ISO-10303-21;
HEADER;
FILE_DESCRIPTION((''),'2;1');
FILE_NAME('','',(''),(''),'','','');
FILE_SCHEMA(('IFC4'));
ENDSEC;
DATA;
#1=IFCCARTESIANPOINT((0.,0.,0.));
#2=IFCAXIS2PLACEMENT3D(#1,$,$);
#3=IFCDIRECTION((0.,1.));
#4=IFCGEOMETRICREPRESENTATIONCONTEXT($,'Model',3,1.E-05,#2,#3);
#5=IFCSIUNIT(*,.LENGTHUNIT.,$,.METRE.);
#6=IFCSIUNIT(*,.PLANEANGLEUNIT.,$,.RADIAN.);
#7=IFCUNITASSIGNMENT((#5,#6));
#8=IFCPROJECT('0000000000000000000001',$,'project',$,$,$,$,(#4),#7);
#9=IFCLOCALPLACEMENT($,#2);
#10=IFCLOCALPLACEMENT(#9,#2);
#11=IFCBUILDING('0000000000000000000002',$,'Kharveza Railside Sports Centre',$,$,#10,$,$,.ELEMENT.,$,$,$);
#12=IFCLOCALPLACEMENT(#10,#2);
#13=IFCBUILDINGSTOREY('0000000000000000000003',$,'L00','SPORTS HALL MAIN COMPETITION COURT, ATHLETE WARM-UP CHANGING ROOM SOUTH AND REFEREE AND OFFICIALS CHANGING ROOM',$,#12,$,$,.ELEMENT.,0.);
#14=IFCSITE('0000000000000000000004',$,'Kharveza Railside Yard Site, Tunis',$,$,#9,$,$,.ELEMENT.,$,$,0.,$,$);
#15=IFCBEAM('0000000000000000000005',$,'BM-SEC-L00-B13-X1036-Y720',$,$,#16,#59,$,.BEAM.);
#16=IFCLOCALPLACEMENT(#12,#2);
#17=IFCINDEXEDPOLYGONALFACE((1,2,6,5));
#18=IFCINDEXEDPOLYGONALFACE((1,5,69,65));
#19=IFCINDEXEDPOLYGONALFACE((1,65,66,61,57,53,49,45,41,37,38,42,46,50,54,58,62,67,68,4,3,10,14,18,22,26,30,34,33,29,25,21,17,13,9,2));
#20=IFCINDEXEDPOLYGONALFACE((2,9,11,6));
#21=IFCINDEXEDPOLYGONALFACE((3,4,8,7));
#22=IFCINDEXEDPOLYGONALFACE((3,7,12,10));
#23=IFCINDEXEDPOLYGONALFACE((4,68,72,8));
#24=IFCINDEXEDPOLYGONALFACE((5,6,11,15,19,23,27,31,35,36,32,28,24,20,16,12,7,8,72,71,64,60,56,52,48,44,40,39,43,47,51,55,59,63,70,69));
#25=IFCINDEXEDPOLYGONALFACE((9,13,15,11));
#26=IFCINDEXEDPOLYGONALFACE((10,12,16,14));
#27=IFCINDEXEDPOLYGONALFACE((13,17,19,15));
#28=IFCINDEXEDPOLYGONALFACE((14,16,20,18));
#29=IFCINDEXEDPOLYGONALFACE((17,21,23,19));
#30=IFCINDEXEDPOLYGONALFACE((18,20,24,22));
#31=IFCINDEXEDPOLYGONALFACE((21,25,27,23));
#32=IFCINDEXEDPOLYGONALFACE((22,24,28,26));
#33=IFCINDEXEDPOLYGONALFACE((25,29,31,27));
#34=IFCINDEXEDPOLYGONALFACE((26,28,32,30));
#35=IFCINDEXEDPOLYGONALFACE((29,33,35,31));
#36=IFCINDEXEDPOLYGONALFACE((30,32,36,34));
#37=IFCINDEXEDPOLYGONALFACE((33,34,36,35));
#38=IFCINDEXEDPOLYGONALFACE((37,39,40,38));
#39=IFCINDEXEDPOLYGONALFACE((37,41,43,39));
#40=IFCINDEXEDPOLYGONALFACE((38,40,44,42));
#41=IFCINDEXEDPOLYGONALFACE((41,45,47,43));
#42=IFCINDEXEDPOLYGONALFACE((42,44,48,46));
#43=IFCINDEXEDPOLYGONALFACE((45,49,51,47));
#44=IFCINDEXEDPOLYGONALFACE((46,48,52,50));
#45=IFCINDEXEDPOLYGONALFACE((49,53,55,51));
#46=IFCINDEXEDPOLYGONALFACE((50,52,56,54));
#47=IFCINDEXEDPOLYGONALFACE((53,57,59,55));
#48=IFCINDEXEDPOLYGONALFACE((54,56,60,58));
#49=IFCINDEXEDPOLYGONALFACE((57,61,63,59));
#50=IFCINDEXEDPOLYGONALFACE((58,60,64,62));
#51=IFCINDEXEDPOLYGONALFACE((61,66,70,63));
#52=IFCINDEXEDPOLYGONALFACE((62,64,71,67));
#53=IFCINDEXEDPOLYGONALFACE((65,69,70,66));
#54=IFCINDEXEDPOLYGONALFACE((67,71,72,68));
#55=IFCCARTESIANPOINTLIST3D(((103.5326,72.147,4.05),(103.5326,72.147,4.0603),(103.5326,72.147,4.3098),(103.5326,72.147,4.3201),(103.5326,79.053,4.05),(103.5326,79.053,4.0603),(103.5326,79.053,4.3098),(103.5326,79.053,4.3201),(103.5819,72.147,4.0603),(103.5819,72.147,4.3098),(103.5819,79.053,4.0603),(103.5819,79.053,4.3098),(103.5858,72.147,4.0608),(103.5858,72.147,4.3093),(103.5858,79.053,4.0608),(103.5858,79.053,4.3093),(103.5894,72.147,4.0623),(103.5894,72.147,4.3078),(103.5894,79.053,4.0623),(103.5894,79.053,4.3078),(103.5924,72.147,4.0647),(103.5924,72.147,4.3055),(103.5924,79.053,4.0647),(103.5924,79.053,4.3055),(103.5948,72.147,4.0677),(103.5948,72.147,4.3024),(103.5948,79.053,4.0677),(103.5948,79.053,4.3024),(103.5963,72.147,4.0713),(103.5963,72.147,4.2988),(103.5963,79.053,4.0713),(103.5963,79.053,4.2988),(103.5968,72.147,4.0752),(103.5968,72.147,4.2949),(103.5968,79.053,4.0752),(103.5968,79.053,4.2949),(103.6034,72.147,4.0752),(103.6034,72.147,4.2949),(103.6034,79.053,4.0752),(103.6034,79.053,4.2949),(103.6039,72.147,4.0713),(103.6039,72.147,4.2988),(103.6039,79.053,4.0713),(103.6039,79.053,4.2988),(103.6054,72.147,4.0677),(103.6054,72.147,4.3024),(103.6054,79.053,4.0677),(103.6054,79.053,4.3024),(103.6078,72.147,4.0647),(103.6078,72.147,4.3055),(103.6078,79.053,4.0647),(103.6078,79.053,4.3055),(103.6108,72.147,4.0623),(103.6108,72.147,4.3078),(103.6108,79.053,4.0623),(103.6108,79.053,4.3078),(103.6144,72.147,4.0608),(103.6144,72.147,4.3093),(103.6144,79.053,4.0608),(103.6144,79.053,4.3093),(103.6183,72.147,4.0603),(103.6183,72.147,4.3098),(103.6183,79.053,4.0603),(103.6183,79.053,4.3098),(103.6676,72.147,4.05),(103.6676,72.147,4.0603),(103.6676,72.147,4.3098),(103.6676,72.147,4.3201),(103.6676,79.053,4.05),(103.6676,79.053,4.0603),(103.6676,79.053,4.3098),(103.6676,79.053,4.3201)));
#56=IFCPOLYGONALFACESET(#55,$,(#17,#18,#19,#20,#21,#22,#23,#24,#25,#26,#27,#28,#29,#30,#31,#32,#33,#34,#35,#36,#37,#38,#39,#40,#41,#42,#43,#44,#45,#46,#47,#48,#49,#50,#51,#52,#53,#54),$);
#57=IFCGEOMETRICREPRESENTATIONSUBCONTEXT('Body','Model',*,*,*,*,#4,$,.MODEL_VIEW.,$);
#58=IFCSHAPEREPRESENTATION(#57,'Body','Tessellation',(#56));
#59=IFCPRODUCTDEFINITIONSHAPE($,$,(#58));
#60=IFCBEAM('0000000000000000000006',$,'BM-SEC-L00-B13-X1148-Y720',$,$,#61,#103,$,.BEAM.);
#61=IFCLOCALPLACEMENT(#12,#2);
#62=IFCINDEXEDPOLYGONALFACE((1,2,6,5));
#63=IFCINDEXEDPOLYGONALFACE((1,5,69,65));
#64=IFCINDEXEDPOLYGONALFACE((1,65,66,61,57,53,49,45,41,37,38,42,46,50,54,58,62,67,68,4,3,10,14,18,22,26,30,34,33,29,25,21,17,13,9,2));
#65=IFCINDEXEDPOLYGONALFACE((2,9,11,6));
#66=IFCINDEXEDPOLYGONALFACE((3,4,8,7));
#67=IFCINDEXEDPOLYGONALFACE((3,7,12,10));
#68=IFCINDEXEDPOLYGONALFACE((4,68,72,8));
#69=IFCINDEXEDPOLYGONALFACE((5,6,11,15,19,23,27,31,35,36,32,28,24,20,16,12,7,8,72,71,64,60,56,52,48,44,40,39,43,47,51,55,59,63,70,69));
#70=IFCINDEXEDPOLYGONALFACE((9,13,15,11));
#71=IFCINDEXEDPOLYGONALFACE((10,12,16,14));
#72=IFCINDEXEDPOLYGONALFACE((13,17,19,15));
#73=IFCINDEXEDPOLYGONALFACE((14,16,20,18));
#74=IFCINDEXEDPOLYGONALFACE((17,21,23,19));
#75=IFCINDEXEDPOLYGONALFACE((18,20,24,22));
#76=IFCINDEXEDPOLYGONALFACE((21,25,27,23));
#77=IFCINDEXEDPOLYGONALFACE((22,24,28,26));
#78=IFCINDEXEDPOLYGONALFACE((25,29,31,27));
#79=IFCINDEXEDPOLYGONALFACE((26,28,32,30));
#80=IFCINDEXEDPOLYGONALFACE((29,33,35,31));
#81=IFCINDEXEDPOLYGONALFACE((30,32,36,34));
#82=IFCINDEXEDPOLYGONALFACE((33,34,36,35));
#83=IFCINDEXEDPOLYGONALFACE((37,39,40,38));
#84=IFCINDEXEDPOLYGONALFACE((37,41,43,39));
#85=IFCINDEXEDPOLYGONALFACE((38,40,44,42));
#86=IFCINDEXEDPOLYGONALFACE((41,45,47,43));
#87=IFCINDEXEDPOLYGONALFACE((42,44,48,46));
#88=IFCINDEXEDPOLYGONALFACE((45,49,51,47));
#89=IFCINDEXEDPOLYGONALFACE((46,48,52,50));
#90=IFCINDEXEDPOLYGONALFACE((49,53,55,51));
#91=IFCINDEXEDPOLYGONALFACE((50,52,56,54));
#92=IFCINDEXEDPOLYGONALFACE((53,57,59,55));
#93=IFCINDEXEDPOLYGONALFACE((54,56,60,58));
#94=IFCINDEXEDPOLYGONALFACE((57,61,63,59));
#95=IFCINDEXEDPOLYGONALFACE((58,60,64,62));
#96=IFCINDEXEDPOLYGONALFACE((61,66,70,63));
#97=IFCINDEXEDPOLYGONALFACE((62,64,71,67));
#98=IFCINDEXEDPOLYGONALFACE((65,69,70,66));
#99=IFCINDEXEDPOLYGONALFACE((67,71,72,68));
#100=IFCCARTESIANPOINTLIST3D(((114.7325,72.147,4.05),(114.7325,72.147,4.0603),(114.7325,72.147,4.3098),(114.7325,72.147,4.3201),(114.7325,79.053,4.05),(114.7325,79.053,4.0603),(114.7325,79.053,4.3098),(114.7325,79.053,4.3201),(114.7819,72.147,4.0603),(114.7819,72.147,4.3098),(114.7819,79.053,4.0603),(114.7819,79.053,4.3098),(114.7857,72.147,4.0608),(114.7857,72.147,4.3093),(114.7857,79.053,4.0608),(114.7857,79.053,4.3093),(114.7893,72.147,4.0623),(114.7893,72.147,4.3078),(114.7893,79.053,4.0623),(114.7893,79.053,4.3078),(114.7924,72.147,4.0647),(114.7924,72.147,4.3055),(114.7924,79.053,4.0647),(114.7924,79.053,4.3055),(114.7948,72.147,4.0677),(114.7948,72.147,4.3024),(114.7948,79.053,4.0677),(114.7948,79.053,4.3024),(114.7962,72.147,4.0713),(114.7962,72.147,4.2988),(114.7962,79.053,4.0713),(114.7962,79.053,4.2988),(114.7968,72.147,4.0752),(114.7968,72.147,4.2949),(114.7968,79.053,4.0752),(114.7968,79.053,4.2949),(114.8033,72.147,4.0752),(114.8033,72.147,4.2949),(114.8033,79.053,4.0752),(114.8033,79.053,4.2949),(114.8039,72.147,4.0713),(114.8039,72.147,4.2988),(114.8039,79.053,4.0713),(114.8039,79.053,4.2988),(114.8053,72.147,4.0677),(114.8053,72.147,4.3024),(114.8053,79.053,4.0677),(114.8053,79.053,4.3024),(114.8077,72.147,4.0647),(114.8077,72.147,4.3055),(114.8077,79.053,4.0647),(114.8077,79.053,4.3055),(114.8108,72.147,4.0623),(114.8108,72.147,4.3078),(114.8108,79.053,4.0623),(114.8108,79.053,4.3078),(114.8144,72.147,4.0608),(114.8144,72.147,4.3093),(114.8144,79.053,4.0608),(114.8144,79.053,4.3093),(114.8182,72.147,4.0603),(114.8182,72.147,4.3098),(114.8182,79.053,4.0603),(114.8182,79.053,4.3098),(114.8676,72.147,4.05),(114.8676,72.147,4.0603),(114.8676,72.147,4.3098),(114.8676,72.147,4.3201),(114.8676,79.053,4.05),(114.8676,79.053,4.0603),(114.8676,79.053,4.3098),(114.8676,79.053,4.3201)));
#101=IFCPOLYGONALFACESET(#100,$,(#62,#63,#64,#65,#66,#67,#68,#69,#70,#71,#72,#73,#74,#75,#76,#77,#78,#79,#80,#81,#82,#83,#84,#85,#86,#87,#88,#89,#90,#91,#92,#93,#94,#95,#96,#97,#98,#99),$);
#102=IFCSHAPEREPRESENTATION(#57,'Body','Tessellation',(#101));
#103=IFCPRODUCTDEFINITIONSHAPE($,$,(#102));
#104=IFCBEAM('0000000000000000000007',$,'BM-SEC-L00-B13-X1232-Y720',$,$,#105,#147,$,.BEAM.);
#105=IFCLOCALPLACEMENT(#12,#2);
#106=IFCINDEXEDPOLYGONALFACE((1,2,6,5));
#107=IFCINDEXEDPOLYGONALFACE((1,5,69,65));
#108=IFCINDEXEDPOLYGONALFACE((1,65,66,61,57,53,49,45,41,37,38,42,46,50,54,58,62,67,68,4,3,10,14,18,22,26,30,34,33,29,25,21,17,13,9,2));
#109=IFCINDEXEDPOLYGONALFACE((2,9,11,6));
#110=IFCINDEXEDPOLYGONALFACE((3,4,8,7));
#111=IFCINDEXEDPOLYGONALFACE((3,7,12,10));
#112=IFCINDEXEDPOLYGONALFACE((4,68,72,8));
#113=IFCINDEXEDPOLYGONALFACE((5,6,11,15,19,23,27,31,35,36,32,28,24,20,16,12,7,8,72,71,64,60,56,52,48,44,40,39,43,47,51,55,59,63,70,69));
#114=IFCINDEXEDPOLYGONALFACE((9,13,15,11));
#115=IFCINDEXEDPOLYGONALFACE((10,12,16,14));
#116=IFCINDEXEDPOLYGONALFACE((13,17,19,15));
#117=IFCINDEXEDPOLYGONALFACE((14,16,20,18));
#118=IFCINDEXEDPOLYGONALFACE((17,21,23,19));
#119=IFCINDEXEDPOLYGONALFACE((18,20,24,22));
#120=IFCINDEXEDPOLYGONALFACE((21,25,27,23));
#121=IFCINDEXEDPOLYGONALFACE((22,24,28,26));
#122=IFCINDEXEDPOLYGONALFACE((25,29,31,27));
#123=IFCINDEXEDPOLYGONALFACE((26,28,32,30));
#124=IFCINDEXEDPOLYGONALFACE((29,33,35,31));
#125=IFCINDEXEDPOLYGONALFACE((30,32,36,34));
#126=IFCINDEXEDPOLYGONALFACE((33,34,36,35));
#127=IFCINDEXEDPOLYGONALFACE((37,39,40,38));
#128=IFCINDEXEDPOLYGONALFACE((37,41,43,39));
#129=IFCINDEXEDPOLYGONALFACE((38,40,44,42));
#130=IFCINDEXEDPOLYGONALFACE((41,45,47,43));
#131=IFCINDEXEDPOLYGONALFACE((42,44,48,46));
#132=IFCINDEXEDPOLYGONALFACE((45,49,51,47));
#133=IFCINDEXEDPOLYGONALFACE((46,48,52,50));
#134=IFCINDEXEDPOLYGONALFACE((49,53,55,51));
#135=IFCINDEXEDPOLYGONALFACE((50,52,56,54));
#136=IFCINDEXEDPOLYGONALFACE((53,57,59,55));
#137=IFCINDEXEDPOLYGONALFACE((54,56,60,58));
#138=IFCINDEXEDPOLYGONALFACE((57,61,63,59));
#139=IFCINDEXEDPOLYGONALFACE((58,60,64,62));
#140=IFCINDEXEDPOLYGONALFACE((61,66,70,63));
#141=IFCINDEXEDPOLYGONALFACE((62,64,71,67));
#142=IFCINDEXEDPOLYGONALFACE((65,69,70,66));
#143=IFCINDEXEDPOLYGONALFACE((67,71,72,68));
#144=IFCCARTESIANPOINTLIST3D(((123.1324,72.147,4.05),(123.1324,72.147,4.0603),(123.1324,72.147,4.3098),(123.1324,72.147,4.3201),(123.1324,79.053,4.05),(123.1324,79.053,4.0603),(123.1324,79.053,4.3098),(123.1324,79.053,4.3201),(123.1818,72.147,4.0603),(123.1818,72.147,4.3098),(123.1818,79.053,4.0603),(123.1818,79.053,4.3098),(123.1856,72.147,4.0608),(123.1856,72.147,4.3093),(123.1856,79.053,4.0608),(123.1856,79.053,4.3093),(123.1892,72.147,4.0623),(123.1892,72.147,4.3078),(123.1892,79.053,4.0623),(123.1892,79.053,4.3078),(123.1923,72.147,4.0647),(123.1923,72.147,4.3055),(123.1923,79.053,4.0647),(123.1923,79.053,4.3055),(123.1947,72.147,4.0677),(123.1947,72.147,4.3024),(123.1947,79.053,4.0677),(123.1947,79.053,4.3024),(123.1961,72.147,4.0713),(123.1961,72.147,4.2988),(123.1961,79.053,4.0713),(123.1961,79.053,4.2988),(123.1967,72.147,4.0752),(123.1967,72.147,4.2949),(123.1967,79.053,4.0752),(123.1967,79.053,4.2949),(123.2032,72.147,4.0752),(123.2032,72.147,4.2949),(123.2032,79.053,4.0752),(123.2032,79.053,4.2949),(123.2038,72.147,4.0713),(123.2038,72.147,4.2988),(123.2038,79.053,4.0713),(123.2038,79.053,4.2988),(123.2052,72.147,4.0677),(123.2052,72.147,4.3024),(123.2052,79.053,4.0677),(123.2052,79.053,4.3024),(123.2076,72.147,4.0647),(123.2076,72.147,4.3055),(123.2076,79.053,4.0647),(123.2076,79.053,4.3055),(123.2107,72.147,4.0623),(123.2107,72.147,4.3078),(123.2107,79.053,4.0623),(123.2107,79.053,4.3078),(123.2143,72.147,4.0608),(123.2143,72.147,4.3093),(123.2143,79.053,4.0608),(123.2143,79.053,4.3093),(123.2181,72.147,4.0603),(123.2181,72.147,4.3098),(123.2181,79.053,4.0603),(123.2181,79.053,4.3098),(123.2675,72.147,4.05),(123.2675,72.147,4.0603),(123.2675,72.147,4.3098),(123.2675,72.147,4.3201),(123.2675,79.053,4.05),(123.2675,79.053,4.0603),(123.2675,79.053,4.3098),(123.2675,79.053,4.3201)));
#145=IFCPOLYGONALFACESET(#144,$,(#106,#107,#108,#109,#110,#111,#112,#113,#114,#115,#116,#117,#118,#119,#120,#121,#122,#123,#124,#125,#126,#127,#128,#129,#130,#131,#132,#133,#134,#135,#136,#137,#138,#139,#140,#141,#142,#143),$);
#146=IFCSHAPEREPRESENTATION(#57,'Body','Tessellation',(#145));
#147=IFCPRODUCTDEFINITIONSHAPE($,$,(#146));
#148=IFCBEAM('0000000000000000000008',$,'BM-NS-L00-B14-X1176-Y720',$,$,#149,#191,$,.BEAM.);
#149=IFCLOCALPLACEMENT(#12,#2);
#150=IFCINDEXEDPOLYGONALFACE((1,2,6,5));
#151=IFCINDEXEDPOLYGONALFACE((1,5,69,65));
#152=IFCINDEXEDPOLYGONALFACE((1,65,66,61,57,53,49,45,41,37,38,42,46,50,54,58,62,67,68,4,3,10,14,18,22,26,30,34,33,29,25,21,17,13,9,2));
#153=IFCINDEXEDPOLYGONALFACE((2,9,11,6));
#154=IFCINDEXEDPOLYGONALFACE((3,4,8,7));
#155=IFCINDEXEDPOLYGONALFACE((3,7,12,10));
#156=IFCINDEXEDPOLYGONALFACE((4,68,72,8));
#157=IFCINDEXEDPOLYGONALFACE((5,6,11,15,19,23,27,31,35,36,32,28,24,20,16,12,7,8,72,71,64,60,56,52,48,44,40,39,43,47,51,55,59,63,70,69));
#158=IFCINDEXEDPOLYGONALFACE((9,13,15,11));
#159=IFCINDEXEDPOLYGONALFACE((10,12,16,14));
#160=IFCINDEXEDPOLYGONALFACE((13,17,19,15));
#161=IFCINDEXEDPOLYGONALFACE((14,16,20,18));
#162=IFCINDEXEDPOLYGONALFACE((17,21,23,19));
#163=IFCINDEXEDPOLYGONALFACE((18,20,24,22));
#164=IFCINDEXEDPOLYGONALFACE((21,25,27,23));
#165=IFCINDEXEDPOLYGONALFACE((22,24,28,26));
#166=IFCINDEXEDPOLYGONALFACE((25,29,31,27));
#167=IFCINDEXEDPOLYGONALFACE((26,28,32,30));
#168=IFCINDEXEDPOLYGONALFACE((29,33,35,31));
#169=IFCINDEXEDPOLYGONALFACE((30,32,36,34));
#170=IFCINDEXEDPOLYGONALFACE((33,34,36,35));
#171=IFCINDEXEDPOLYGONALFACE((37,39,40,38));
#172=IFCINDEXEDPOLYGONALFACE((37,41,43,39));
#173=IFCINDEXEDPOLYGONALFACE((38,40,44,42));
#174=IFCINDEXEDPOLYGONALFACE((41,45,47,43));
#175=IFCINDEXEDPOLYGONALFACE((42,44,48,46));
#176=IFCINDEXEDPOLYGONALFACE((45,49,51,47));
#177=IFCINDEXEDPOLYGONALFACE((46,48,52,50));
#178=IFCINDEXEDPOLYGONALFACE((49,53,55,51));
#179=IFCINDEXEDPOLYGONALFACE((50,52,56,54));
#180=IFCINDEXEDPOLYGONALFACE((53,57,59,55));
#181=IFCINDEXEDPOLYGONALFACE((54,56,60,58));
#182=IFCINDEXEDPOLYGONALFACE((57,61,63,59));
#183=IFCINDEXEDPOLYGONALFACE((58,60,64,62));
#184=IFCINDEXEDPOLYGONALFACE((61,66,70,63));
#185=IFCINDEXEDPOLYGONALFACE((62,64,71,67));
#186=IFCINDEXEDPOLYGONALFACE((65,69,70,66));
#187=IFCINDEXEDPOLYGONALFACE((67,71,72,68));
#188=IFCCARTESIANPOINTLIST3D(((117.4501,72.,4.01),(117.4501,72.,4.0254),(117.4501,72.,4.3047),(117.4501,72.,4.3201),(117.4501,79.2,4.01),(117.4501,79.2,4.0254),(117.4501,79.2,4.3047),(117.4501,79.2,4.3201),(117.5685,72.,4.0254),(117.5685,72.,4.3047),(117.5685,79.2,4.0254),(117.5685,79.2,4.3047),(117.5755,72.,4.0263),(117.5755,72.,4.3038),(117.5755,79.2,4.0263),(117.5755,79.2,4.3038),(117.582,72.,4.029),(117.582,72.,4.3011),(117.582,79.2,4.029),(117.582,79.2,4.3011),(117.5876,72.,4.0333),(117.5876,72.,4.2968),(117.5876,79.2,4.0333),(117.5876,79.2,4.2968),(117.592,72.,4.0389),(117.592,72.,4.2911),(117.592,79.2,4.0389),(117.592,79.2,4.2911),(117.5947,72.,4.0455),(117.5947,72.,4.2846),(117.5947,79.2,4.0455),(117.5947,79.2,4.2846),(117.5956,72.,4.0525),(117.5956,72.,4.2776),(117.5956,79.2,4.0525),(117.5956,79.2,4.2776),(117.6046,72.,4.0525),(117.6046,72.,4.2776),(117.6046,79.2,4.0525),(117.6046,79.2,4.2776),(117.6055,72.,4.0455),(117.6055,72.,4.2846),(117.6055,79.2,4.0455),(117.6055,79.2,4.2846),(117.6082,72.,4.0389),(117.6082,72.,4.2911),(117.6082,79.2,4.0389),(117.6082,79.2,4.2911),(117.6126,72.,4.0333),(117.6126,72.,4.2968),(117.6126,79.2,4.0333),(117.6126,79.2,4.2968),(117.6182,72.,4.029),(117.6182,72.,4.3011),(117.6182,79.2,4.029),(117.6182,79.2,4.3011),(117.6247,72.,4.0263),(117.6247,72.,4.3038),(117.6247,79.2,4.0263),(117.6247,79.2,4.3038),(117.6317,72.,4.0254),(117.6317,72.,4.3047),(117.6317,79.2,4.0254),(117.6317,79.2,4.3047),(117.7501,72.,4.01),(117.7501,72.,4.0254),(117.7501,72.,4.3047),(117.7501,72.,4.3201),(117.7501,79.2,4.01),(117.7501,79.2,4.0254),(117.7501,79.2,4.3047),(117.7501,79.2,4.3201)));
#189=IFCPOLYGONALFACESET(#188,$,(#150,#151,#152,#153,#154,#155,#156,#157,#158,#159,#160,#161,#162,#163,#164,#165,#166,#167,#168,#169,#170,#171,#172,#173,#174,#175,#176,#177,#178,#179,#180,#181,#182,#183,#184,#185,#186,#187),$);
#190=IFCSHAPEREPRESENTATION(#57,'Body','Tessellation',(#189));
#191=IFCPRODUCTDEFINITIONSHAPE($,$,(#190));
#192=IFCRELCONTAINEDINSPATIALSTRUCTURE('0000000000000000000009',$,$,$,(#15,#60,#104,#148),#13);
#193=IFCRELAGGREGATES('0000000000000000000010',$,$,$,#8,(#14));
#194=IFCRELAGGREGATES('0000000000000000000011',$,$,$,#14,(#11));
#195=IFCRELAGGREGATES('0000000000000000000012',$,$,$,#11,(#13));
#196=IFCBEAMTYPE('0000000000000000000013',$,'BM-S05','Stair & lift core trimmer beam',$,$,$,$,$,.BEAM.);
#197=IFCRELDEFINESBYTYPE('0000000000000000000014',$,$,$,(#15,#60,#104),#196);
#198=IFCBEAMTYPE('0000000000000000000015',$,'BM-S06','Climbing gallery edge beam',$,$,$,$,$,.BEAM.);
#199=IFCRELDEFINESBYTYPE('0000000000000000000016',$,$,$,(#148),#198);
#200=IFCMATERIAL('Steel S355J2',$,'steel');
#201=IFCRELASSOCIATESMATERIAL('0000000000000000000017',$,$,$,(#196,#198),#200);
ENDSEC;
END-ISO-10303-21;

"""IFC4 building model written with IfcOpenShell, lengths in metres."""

from ifc_helpers import new_model, si_unit, direction, frame, origin, origin_2d, place, context, subcontext, project, spatial, i_section, extrude, material, material_profile, profile_set, type_object, element, save


model = new_model("IFC4")

# Units and contexts
model_context = context("Model", 3, precision=1e-05, world=origin(), true_north=direction((0.0, 1.0)))
body_context = subcontext(model_context, "Body", "Model", "MODEL_VIEW")
ifc_project = project(units=[si_unit("LENGTHUNIT", "METRE"), si_unit("PLANEANGLEUNIT", "RADIAN")], contexts=[model_context])

# Site, building, storey
site_placement = place(None, origin())
site = spatial("IfcSite", under=ifc_project, at=site_placement, Name="Kharveza Railside Yard Site, Tunis", CompositionType="ELEMENT", RefElevation=0.0)
building_placement = place(site_placement, origin())
building = spatial("IfcBuilding", under=site, at=building_placement, Name="Kharveza Railside Sports Centre", CompositionType="ELEMENT")
storey_placement = place(building_placement, origin())
storey = spatial("IfcBuildingStorey", under=building, at=storey_placement, Name="L00", Description="SPORTS HALL MAIN COMPETITION COURT, ATHLETE WARM-UP CHANGING ROOM SOUTH AND REFEREE AND OFFICIALS CHANGING ROOM", CompositionType="ELEMENT", Elevation=0.0)

# Shared definitions
ifc_material_1 = material(Name="Steel S355J2", Category="steel")

# Beams
ifc_material_profile_1 = material_profile(ifc_material_1, i_section(OverallWidth=0.135, OverallDepth=0.27, WebThickness=0.0066, FlangeThickness=0.0103, FilletRadius=0.0149, at=origin_2d()), Name="IPE 270")
ifc_profile_set_1 = profile_set([ifc_material_profile_1], Name="Steel S355J2")
beam_type_1 = type_object("IfcBeamType", Name="BM-S05", Description="Stair & lift core trimmer beam", PredefinedType="BEAM", material=ifc_profile_set_1)
for number, where, z_axis, x_axis, name in (
    (1, (103.6001, 72.147, 4.1851), (0.0, 1.0, 0.0), (-1.0, 0.0, 0.0), "BM-SEC-L00-B13-X1036-Y720"),
    (2, (114.8, 72.147, 4.1851), (0.0, 1.0, 0.0), (-1.0, 0.0, 0.0), "BM-SEC-L00-B13-X1148-Y720"),
    (3, (123.2, 72.147, 4.1851), (0.0, 1.0, 0.0), (-1.0, 0.0, 0.0), "BM-SEC-L00-B13-X1232-Y720"),
):
    element("IfcBeam", number, at=place(storey_placement, frame(where, z_axis=z_axis, x_axis=x_axis)), inside=storey, type_object=beam_type_1, Name=name, PredefinedType="BEAM", context=body_context, shape_type="SweptSolid", body=[
        extrude(i_section(OverallWidth=0.135, OverallDepth=0.27, WebThickness=0.0066, FlangeThickness=0.0103, FilletRadius=0.0149, at=origin_2d()), origin(), (0.0, 0.0, 1.0), 6.906),
    ])
ifc_material_profile_2 = material_profile(ifc_material_1, i_section(OverallWidth=0.3, OverallDepth=0.3101, WebThickness=0.009, FlangeThickness=0.0154, FilletRadius=0.0271, at=origin_2d()), Name="HEA 320")
ifc_profile_set_2 = profile_set([ifc_material_profile_2], Name="Steel S355J2")
beam_type_2 = type_object("IfcBeamType", Name="BM-S06", Description="Climbing gallery edge beam", PredefinedType="BEAM", material=ifc_profile_set_2)
beam_1_placement = place(storey_placement, frame((117.6001, 72.0, 4.165), z_axis=(0.0, 1.0, 0.0), x_axis=(-1.0, 0.0, 0.0)))
element("IfcBeam", 4, at=beam_1_placement, inside=storey, type_object=beam_type_2, Name="BM-NS-L00-B14-X1176-Y720", PredefinedType="BEAM", context=body_context, shape_type="SweptSolid", body=[
    extrude(i_section(OverallWidth=0.3, OverallDepth=0.3101, WebThickness=0.009, FlangeThickness=0.0154, FilletRadius=0.0271, at=origin_2d()), origin(), (0.0, 0.0, 1.0), 7.2),
])

save(model, "model.ifc")
